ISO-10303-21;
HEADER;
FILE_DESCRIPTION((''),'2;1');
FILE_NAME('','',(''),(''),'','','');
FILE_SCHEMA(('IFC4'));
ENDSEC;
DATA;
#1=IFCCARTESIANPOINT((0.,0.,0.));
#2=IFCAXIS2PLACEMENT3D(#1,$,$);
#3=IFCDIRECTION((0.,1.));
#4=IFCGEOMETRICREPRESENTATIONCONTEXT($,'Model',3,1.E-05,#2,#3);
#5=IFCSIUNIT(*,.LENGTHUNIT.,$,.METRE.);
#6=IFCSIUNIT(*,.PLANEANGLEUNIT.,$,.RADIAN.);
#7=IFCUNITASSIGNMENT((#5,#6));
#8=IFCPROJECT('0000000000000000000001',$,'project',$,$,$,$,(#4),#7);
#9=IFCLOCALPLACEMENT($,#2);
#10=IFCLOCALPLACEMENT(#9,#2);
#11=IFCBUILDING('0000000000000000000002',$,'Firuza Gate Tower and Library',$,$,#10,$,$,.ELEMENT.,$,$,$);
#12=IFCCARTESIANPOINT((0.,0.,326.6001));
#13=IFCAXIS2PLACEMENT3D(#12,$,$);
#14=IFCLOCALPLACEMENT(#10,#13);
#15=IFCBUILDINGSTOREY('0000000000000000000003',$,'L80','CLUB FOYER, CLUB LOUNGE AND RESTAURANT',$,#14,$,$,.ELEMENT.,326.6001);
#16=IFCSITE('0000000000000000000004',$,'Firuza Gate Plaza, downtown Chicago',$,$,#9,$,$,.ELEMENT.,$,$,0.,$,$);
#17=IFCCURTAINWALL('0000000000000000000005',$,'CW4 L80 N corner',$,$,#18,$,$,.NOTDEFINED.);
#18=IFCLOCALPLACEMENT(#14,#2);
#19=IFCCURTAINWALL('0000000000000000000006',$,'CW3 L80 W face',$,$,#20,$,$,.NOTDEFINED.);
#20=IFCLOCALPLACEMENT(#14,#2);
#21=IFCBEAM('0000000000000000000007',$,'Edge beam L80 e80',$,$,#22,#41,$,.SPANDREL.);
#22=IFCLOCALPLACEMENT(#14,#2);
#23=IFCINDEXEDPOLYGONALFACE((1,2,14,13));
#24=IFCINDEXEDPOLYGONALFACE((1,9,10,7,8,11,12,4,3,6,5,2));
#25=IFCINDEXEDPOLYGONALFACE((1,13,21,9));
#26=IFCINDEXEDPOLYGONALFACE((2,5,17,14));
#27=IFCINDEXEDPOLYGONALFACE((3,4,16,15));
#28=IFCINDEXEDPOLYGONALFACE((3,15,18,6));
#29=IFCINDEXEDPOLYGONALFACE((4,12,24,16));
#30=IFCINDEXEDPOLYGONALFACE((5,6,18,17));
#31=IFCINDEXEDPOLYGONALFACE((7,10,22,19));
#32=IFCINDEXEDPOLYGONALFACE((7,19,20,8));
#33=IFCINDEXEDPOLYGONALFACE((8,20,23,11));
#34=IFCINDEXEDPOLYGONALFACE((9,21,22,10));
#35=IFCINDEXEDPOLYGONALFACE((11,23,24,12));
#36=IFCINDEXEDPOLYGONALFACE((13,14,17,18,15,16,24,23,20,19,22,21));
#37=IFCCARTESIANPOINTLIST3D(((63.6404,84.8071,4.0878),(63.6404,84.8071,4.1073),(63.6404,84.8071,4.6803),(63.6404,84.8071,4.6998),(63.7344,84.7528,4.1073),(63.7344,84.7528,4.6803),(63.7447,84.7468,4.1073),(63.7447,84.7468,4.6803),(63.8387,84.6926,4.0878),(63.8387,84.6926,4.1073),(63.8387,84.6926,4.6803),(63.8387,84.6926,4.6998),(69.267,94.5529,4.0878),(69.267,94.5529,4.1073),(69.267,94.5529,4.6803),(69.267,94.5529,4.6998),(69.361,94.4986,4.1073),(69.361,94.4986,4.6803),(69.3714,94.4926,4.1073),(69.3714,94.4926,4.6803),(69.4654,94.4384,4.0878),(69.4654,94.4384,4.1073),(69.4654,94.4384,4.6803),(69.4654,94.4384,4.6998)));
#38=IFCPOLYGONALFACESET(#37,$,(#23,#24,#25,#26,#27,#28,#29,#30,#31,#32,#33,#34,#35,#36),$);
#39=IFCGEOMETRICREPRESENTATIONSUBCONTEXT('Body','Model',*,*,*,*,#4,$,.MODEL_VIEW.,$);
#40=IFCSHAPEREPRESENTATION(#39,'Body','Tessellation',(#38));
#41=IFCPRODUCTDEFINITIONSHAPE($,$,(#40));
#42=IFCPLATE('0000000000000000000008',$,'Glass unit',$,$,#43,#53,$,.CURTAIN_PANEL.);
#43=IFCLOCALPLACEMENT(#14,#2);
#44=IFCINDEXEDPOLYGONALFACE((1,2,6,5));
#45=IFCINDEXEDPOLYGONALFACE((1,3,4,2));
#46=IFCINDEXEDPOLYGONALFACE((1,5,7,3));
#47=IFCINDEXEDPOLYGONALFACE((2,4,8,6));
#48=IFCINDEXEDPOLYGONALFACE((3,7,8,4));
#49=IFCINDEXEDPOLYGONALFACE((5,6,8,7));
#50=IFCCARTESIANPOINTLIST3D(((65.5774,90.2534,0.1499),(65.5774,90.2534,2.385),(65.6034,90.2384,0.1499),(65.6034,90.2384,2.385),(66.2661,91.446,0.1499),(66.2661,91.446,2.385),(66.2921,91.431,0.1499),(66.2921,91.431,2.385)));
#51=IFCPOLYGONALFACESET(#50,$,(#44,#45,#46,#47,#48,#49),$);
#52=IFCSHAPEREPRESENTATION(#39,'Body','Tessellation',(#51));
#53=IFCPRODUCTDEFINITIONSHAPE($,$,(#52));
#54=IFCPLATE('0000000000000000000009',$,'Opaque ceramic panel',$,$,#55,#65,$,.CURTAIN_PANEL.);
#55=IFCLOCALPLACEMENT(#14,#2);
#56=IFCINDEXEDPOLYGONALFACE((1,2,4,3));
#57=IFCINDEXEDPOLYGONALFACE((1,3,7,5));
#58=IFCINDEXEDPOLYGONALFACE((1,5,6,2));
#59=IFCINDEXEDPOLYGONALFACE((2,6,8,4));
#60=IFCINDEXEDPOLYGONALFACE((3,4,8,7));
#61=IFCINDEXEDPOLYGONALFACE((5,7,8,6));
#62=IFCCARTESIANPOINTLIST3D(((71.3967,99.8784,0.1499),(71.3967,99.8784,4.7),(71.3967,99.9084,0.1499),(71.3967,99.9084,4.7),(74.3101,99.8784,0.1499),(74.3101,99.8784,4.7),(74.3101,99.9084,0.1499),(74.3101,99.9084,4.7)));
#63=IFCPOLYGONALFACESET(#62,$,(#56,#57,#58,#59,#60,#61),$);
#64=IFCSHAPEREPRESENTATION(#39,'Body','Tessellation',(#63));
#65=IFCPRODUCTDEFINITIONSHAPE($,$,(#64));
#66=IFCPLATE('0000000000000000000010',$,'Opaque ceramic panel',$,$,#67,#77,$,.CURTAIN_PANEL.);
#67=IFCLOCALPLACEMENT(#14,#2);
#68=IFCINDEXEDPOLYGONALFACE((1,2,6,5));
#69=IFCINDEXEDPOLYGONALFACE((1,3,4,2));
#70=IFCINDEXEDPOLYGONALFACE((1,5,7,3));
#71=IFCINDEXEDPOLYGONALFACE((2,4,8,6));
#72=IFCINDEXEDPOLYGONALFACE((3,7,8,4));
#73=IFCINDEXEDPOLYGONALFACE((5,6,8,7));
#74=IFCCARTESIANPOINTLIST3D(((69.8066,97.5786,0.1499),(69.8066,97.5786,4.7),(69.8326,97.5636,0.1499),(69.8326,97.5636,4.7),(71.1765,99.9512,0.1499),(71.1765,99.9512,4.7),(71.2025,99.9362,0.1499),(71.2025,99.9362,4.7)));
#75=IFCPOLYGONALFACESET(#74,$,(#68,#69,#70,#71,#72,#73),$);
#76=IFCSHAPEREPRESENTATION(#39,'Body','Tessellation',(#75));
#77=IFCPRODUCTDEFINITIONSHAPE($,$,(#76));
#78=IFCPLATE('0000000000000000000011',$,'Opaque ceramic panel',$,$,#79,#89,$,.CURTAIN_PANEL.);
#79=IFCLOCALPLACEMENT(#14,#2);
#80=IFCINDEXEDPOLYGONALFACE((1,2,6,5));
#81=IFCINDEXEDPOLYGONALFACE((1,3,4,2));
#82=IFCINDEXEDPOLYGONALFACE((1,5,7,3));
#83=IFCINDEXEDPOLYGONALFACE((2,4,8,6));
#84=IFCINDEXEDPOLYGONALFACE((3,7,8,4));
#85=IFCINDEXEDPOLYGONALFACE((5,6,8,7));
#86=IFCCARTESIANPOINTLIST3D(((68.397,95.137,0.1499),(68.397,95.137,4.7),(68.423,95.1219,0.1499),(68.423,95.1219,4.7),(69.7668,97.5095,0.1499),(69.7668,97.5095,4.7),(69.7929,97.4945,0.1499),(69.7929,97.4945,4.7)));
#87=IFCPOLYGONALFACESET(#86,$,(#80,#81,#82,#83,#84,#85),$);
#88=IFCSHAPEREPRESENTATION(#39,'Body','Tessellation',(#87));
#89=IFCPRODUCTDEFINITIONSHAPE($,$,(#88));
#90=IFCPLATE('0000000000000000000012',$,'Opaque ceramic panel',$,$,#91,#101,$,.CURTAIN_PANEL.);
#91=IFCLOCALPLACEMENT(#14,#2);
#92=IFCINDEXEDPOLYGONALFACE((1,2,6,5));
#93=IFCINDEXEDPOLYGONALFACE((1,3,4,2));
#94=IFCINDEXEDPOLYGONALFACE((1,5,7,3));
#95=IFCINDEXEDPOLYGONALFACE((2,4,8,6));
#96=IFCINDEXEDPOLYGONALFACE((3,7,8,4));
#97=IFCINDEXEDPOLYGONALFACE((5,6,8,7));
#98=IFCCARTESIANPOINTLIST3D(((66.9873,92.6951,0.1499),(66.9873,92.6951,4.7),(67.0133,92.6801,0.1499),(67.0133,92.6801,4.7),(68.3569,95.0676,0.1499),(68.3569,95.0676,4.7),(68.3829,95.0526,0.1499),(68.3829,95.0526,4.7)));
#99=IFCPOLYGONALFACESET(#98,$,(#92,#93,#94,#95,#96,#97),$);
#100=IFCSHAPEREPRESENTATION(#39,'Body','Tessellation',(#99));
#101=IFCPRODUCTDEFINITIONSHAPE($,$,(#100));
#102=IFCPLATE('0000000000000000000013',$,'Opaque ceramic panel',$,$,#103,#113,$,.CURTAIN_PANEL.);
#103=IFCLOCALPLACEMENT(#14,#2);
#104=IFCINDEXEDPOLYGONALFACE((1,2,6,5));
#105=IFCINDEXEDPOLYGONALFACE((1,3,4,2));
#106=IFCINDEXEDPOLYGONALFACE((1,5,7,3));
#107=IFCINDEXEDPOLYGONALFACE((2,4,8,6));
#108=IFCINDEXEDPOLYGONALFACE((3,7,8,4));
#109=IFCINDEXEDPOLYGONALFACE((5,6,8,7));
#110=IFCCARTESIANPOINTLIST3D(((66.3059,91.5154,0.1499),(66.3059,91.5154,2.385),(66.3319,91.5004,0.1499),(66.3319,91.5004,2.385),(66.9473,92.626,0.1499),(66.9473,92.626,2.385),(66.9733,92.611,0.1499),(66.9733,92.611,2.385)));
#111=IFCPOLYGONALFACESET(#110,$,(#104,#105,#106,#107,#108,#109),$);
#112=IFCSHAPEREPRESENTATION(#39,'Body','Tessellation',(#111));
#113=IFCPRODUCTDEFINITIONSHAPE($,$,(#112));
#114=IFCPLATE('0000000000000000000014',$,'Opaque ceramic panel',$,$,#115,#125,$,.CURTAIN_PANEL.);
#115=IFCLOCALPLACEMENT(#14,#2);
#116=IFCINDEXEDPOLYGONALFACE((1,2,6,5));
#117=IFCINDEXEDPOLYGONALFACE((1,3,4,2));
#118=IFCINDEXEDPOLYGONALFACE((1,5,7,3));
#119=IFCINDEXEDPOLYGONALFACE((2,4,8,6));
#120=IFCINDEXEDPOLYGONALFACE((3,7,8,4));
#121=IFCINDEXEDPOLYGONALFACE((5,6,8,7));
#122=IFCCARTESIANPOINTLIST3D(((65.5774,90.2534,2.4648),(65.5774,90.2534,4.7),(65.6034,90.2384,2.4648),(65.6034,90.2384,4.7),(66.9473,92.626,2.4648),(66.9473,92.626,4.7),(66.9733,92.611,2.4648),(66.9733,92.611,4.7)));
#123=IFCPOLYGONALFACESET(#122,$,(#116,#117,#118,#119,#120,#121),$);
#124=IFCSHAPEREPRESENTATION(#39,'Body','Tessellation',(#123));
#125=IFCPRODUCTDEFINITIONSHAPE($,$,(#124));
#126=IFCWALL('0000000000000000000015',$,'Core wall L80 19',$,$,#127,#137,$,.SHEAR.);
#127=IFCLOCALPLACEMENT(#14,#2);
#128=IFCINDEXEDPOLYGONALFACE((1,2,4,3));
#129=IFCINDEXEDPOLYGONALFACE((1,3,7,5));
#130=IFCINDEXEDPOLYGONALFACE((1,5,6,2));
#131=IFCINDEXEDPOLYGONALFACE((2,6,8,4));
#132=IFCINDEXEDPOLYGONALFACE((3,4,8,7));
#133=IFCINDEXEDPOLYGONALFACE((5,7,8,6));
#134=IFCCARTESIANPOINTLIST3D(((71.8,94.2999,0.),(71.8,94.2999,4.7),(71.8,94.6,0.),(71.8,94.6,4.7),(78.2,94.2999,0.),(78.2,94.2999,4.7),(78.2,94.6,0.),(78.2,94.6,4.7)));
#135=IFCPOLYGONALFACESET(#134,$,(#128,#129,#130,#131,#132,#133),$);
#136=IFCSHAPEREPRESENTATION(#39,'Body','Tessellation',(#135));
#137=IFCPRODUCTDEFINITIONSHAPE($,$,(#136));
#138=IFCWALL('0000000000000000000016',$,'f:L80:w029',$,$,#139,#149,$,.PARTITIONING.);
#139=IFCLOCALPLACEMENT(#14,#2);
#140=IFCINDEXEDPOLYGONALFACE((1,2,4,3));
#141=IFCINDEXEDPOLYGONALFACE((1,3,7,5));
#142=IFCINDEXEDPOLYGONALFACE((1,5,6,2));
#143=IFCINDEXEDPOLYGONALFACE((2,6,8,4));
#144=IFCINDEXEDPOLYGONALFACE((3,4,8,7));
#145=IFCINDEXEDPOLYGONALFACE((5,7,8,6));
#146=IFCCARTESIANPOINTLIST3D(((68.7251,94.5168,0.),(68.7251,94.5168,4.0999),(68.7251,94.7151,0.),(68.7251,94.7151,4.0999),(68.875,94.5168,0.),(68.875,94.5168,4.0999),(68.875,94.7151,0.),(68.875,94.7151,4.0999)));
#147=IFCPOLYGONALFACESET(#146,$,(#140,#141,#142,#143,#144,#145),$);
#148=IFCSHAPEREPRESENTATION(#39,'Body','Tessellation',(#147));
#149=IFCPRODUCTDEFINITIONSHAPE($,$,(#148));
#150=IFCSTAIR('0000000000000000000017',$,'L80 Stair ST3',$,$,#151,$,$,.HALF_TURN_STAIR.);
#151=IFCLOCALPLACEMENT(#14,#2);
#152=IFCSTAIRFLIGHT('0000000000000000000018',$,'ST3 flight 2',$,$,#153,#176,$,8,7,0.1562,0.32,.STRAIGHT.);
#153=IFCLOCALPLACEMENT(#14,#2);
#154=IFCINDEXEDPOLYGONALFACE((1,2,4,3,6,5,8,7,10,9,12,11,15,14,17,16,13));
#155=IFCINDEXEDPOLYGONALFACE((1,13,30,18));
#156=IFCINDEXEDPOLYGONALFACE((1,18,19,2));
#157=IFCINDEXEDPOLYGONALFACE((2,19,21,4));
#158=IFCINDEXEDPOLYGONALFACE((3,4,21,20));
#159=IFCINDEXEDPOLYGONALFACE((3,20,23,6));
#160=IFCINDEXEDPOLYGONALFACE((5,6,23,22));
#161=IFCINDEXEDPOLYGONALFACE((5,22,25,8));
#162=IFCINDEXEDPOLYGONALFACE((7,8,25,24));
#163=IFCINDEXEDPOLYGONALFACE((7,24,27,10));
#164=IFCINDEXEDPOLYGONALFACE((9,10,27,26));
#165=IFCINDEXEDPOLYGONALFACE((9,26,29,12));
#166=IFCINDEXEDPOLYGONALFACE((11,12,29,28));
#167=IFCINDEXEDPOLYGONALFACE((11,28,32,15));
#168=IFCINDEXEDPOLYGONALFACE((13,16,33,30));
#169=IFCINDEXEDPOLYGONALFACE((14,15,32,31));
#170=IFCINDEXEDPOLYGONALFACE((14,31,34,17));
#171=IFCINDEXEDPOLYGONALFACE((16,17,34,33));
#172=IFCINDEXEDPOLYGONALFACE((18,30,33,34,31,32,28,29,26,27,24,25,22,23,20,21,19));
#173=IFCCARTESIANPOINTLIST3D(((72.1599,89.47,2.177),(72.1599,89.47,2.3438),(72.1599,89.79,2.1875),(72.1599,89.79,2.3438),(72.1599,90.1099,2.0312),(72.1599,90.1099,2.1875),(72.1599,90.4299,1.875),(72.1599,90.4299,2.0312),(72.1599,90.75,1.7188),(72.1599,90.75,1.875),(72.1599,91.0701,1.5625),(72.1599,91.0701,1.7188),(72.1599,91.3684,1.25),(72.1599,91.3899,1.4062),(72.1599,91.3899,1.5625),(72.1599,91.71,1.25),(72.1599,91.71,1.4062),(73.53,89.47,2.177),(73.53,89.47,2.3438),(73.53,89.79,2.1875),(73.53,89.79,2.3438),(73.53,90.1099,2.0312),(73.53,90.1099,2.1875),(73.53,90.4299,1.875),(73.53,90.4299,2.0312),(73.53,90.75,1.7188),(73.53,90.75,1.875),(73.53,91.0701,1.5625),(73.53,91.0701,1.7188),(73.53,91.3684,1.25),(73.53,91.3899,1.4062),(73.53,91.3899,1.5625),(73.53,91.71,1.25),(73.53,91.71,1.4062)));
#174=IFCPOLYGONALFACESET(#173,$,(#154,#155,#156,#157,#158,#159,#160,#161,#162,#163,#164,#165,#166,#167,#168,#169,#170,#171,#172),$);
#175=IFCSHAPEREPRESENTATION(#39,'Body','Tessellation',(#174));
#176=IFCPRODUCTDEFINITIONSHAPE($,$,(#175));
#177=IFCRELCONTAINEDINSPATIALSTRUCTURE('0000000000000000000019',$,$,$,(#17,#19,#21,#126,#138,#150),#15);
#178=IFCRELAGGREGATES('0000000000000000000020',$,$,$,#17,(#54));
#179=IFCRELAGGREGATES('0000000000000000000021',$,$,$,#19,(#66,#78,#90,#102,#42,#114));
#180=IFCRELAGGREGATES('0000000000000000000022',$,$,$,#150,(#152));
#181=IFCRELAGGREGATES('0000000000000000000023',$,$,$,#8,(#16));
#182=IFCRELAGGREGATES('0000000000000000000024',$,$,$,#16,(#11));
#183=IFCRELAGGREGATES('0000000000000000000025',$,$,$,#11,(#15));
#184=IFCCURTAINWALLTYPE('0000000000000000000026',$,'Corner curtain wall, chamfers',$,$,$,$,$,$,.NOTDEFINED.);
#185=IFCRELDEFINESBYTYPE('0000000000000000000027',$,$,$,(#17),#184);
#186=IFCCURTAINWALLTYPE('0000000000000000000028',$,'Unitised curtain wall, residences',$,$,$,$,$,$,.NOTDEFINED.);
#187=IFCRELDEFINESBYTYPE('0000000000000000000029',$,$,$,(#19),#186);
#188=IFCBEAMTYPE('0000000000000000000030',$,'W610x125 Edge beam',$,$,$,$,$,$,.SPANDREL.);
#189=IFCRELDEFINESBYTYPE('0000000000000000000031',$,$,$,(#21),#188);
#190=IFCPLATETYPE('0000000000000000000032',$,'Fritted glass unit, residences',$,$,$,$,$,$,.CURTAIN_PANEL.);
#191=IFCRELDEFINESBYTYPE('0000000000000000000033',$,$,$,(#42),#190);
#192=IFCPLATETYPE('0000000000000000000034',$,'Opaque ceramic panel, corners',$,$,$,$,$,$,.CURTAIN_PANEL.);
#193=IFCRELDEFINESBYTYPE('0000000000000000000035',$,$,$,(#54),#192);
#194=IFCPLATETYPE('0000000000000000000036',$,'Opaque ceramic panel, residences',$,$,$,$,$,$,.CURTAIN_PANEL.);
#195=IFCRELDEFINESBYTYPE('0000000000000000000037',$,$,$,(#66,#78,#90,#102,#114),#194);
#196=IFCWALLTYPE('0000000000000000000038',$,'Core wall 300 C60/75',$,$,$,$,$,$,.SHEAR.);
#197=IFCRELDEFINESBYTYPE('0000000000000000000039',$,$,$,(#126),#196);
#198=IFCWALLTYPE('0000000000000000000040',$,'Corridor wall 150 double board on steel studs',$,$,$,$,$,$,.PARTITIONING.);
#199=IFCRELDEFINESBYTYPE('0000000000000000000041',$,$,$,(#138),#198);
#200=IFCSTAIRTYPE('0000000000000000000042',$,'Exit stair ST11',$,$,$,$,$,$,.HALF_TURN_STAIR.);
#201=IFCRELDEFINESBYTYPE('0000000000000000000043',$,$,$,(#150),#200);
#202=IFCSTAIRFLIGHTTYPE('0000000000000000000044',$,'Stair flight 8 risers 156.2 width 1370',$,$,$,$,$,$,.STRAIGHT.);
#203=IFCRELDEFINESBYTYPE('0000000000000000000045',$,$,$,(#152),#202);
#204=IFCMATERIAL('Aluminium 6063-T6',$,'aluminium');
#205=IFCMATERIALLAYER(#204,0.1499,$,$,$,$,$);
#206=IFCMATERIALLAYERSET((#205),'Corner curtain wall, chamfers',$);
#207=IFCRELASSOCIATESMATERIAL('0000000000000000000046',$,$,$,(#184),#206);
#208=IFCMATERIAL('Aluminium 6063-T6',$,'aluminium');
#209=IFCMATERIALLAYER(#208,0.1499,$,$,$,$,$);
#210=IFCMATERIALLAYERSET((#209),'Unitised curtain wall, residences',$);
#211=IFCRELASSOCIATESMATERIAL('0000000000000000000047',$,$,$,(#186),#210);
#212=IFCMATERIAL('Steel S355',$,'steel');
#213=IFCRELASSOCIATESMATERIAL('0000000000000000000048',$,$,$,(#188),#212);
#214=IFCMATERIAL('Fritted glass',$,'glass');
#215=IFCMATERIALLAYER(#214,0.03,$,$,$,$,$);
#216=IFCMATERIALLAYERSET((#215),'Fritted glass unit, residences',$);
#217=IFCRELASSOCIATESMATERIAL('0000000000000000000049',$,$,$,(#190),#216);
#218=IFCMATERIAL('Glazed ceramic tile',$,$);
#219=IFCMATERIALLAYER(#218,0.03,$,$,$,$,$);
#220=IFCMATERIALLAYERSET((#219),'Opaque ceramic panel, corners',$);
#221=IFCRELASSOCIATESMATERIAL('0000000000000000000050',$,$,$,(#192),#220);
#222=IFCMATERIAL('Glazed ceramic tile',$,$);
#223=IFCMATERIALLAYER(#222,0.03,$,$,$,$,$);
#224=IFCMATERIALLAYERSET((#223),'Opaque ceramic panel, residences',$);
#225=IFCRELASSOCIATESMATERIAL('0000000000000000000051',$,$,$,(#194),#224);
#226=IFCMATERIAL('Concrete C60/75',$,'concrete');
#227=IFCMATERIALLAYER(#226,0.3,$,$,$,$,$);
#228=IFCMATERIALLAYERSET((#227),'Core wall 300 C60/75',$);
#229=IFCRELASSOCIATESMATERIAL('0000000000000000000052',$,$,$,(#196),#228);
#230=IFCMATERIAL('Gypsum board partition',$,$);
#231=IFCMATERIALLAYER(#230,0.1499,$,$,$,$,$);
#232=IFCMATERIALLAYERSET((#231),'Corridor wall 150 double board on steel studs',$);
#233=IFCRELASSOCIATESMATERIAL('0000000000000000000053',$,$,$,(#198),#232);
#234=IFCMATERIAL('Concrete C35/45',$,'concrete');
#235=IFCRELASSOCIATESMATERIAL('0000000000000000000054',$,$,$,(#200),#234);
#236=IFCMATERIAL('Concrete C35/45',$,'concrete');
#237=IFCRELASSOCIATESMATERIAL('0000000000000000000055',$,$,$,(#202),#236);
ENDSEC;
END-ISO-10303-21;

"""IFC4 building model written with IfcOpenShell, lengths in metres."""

from ifc_helpers import new_model, si_unit, direction, frame, frame_2d, origin, origin_2d, place, context, subcontext, project, spatial, polyline, rectangle, i_section, outline, extrude, material, layer, layer_set, material_profile, profile_set, type_object, element, aggregate, save


model = new_model("IFC4")

# Units and contexts
model_context = context("Model", 3, precision=1e-05, world=origin(), true_north=direction((0.0, 1.0)))
body_context = subcontext(model_context, "Body", "Model", "MODEL_VIEW")
ifc_project = project(units=[si_unit("LENGTHUNIT", "METRE"), si_unit("PLANEANGLEUNIT", "RADIAN")], contexts=[model_context])

# Site, building, storey
site_placement = place(None, origin())
site = spatial("IfcSite", under=ifc_project, at=site_placement, Name="Firuza Gate Plaza, downtown Chicago", CompositionType="ELEMENT", RefElevation=0.0)
building_placement = place(site_placement, origin())
building = spatial("IfcBuilding", under=site, at=building_placement, Name="Firuza Gate Tower and Library", CompositionType="ELEMENT")
storey_placement = place(building_placement, frame((0.0, 0.0, 326.6001)))
storey = spatial("IfcBuildingStorey", under=building, at=storey_placement, Name="L80", Description="CLUB FOYER, CLUB LOUNGE AND RESTAURANT", CompositionType="ELEMENT", Elevation=326.6001)

# Curtain wall
ifc_material_1 = material(Name="Aluminium 6063-T6", Category="aluminium")
ifc_layer_1 = layer(ifc_material_1, 0.1499)
ifc_layer_set_1 = layer_set([ifc_layer_1], Name="Corner curtain wall, chamfers")
curtain_wall_type_1 = type_object("IfcCurtainWallType", Name="Corner curtain wall, chamfers", PredefinedType="NOTDEFINED", material=ifc_layer_set_1)
placement = place(storey_placement, origin())
curtain_wall_1 = element("IfcCurtainWall", 1, at=placement, inside=storey, type_object=curtain_wall_type_1, Name="CW4 L80 N corner", PredefinedType="NOTDEFINED")

# Curtain wall
ifc_material_2 = material(Name="Aluminium 6063-T6", Category="aluminium")
ifc_layer_2 = layer(ifc_material_2, 0.1499)
ifc_layer_set_2 = layer_set([ifc_layer_2], Name="Unitised curtain wall, residences")
curtain_wall_type_2 = type_object("IfcCurtainWallType", Name="Unitised curtain wall, residences", PredefinedType="NOTDEFINED", material=ifc_layer_set_2)
curtain_wall_2 = element("IfcCurtainWall", 2, at=placement, inside=storey, type_object=curtain_wall_type_2, Name="CW3 L80 W face", PredefinedType="NOTDEFINED")

# Beam
ifc_material_3 = material(Name="Steel S355", Category="steel")
ifc_material_profile_1 = material_profile(ifc_material_3, i_section(OverallWidth=0.229, OverallDepth=0.6121, WebThickness=0.012, FlangeThickness=0.0195, at=origin_2d()))
ifc_profile_set_1 = profile_set([ifc_material_profile_1], Name="Steel S355")
beam_type_1 = type_object("IfcBeamType", Name="W610x125 Edge beam", PredefinedType="SPANDREL", material=ifc_profile_set_1)
beam_1_placement = place(storey_placement, frame((69.3662, 94.4956, 4.3938), z_axis=(-0.499996, -0.866028, 0.0), x_axis=(0.866028, -0.499996, 0.0)))
element("IfcBeam", 3, at=beam_1_placement, inside=storey, type_object=beam_type_1, Name="Edge beam L80 e80", PredefinedType="SPANDREL", context=body_context, shape_type="SweptSolid", body=[
    extrude(i_section(OverallWidth=0.229, OverallDepth=0.6121, WebThickness=0.012, FlangeThickness=0.0195, at=origin_2d()), origin(), (0.0, 0.0, 1.0), 11.2534),
])

# Plates
ifc_material_4 = material(Name="Fritted glass", Category="glass")
ifc_layer_3 = layer(ifc_material_4, 0.03)
ifc_layer_set_3 = layer_set([ifc_layer_3], Name="Fritted glass unit, residences")
plate_type_1 = type_object("IfcPlateType", Name="Fritted glass unit, residences", PredefinedType="CURTAIN_PANEL", material=ifc_layer_set_3)
plate_1_placement = place(storey_placement, frame((66.2661, 91.446, 0.1499), z_axis=(-0.865976, 0.500086, 0.0), x_axis=(-0.500086, -0.865976, 0.0)))
plate_1 = element("IfcPlate", 4, at=plate_1_placement, type_object=plate_type_1, Name="Glass unit", PredefinedType="CURTAIN_PANEL", context=body_context, shape_type="SweptSolid", body=[
    extrude(outline(polyline([(0.0, 0.0), (1.3772, 0.0), (1.3772, 2.2351), (0.0, 2.2351), (0.0, 0.0)])), origin(), (0.0, 0.0, -1.0), 0.03),
])
ifc_material_5 = material(Name="Glazed ceramic tile")
ifc_layer_4 = layer(ifc_material_5, 0.03)
ifc_layer_set_4 = layer_set([ifc_layer_4], Name="Opaque ceramic panel, corners")
plate_type_2 = type_object("IfcPlateType", Name="Opaque ceramic panel, corners", PredefinedType="CURTAIN_PANEL", material=ifc_layer_set_4)
plate_2_placement = place(storey_placement, frame((74.3101, 99.9084, 0.1499), z_axis=(0.0, 1.0, 0.0), x_axis=(-1.0, 0.0, 0.0)))
plate_2 = element("IfcPlate", 5, at=plate_2_placement, type_object=plate_type_2, Name="Opaque ceramic panel", PredefinedType="CURTAIN_PANEL", context=body_context, shape_type="SweptSolid", body=[
    extrude(outline(polyline([(0.0, 0.0), (2.9133, 0.0), (2.9133, 4.55), (0.0, 4.55), (0.0, 0.0)])), origin(), (0.0, 0.0, -1.0), 0.03),
])
aggregate(curtain_wall_1, [plate_2])
ifc_material_6 = material(Name="Glazed ceramic tile")
ifc_layer_5 = layer(ifc_material_6, 0.03)
ifc_layer_set_5 = layer_set([ifc_layer_5], Name="Opaque ceramic panel, residences")
plate_type_3 = type_object("IfcPlateType", Name="Opaque ceramic panel, residences", PredefinedType="CURTAIN_PANEL", material=ifc_layer_set_5)
plate_3_placement = place(storey_placement, frame((71.1765, 99.9512, 0.1499), z_axis=(-0.866013, 0.500021, 0.0), x_axis=(-0.500021, -0.866013, 0.0)))
plate_3 = element("IfcPlate", 6, at=plate_3_placement, type_object=plate_type_3, Name="Opaque ceramic panel", PredefinedType="CURTAIN_PANEL", context=body_context, shape_type="SweptSolid", body=[
    extrude(outline(polyline([(0.0, 0.0), (2.7396, 0.0), (2.7396, 4.55), (0.0, 4.55), (0.0, 0.0)])), origin(), (0.0, 0.0, -1.0), 0.03),
])
plate_4_placement = place(storey_placement, frame((69.7668, 97.5095, 0.1499), z_axis=(-0.866013, 0.500021, 0.0), x_axis=(-0.500021, -0.866013, 0.0)))
plate_4 = element("IfcPlate", 7, at=plate_4_placement, type_object=plate_type_3, Name="Opaque ceramic panel", PredefinedType="CURTAIN_PANEL", context=body_context, shape_type="SweptSolid", body=[
    extrude(outline(polyline([(0.0, 0.0), (2.7396, 0.0), (2.7396, 4.55), (0.0, 4.55), (0.0, 0.0)])), origin(), (0.0, 0.0, -1.0), 0.03),
])
plate_5_placement = place(storey_placement, frame((68.3569, 95.0676, 0.1499), z_axis=(-0.866052, 0.499954, 0.0), x_axis=(-0.499954, -0.866052, 0.0)))
plate_5 = element("IfcPlate", 8, at=plate_5_placement, type_object=plate_type_3, Name="Opaque ceramic panel", PredefinedType="CURTAIN_PANEL", context=body_context, shape_type="SweptSolid", body=[
    extrude(outline(polyline([(0.0, 0.0), (2.7395, 0.0), (2.7395, 4.55), (0.0, 4.55), (0.0, 0.0)])), origin(), (0.0, 0.0, -1.0), 0.03),
])
plate_6_placement = place(storey_placement, frame((66.9473, 92.626, 0.1499), z_axis=(-0.865973, 0.50009, 0.0), x_axis=(-0.50009, -0.865973, 0.0)))
plate_6 = element("IfcPlate", 9, at=plate_6_placement, type_object=plate_type_3, Name="Opaque ceramic panel", PredefinedType="CURTAIN_PANEL", context=body_context, shape_type="SweptSolid", body=[
    extrude(outline(polyline([(0.0, 0.0), (1.2825, 0.0), (1.2825, 2.2351), (0.0, 2.2351), (0.0, 0.0)])), origin(), (0.0, 0.0, -1.0), 0.03),
])
plate_7_placement = place(storey_placement, frame((66.9473, 92.626, 2.4648), z_axis=(-0.866013, 0.500021, 0.0), x_axis=(-0.500021, -0.866013, 0.0)))
plate_7 = element("IfcPlate", 10, at=plate_7_placement, type_object=plate_type_3, Name="Opaque ceramic panel", PredefinedType="CURTAIN_PANEL", context=body_context, shape_type="SweptSolid", body=[
    extrude(outline(polyline([(0.0, 0.0), (2.7396, 0.0), (2.7396, 2.2351), (0.0, 2.2351), (0.0, 0.0)])), origin(), (0.0, 0.0, -1.0), 0.03),
])
aggregate(curtain_wall_2, [plate_3, plate_4, plate_5, plate_6, plate_1, plate_7])

# Walls
ifc_material_7 = material(Name="Concrete C60/75", Category="concrete")
ifc_layer_6 = layer(ifc_material_7, 0.3)
ifc_layer_set_6 = layer_set([ifc_layer_6], Name="Core wall 300 C60/75")
wall_type_1 = type_object("IfcWallType", Name="Core wall 300 C60/75", PredefinedType="SHEAR", material=ifc_layer_set_6)
wall_1_placement = place(storey_placement, frame((71.8, 94.45, 0.0), z_axis=(0.0, 0.0, 1.0), x_axis=(1.0, 0.0, 0.0)))
element("IfcWall", 11, at=wall_1_placement, inside=storey, type_object=wall_type_1, Name="Core wall L80 19", PredefinedType="SHEAR", context=body_context, shape_type="SweptSolid", body=[
    extrude(rectangle(XDim=6.3999, YDim=0.3, at=frame_2d((3.2, 0.0))), origin(), (0.0, 0.0, 1.0), 4.7),
])
ifc_material_8 = material(Name="Gypsum board partition")
ifc_layer_7 = layer(ifc_material_8, 0.1499)
ifc_layer_set_7 = layer_set([ifc_layer_7], Name="Corridor wall 150 double board on steel studs")
wall_type_2 = type_object("IfcWallType", Name="Corridor wall 150 double board on steel studs", PredefinedType="PARTITIONING", material=ifc_layer_set_7)
wall_2_placement = place(storey_placement, frame((68.8, 94.5168, 0.0), z_axis=(0.0, 0.0, 1.0), x_axis=(0.0, 1.0, 0.0)))
element("IfcWall", 12, at=wall_2_placement, inside=storey, type_object=wall_type_2, Name="f:L80:w029", PredefinedType="PARTITIONING", context=body_context, shape_type="SweptSolid", body=[
    extrude(rectangle(XDim=0.1982, YDim=0.1499, at=frame_2d((0.0991, 0.0))), origin(), (0.0, 0.0, 1.0), 4.0999),
])

# Stair, stair flight
ifc_material_9 = material(Name="Concrete C35/45", Category="concrete")
stair_type = type_object("IfcStairType", Name="Exit stair ST11", PredefinedType="HALF_TURN_STAIR", material=ifc_material_9)
stair = element("IfcStair", 13, at=placement, inside=storey, type_object=stair_type, Name="L80 Stair ST3", PredefinedType="HALF_TURN_STAIR")
ifc_material_10 = material(Name="Concrete C35/45", Category="concrete")
stair_flight_type = type_object("IfcStairFlightType", Name="Stair flight 8 risers 156.2 width 1370", PredefinedType="STRAIGHT", material=ifc_material_10)
stair_flight_1_placement = place(storey_placement, frame((72.845, 91.71, 1.25), z_axis=(0.0, 0.0, 1.0), x_axis=(0.0, -1.0, 0.0)))
stair_flight_1 = element("IfcStairFlight", 14, at=stair_flight_1_placement, type_object=stair_flight_type, Name="ST3 flight 2", NumberOfRisers=8, NumberOfTreads=7, PredefinedType="STRAIGHT", RiserHeight=0.1562, TreadLength=0.32, context=body_context, shape_type="SweptSolid", body=[
    extrude(outline(polyline([(0.0, 0.0), (0.0, 0.1562), (0.3201, 0.1562), (0.3201, 0.3125), (0.6399, 0.3125), (0.6399, 0.4688), (0.96, 0.4688), (0.96, 0.625), (1.28, 0.625), (1.28, 0.7812), (1.6001, 0.7812), (1.6001, 0.9375), (1.9199, 0.9375), (1.9199, 1.0938), (2.24, 1.0938), (2.24, 1.25), (2.24, 0.927), (0.3416, 0.0), (0.0, 0.0)])), frame((0.0, 0.6851, 0.0), z_axis=(0.0, -1.0, 0.0), x_axis=(1.0, 0.0, 0.0)), (0.0, 0.0, 1.0), 1.3701),
])
aggregate(stair, [stair_flight_1])

save(model, "model.ifc")
